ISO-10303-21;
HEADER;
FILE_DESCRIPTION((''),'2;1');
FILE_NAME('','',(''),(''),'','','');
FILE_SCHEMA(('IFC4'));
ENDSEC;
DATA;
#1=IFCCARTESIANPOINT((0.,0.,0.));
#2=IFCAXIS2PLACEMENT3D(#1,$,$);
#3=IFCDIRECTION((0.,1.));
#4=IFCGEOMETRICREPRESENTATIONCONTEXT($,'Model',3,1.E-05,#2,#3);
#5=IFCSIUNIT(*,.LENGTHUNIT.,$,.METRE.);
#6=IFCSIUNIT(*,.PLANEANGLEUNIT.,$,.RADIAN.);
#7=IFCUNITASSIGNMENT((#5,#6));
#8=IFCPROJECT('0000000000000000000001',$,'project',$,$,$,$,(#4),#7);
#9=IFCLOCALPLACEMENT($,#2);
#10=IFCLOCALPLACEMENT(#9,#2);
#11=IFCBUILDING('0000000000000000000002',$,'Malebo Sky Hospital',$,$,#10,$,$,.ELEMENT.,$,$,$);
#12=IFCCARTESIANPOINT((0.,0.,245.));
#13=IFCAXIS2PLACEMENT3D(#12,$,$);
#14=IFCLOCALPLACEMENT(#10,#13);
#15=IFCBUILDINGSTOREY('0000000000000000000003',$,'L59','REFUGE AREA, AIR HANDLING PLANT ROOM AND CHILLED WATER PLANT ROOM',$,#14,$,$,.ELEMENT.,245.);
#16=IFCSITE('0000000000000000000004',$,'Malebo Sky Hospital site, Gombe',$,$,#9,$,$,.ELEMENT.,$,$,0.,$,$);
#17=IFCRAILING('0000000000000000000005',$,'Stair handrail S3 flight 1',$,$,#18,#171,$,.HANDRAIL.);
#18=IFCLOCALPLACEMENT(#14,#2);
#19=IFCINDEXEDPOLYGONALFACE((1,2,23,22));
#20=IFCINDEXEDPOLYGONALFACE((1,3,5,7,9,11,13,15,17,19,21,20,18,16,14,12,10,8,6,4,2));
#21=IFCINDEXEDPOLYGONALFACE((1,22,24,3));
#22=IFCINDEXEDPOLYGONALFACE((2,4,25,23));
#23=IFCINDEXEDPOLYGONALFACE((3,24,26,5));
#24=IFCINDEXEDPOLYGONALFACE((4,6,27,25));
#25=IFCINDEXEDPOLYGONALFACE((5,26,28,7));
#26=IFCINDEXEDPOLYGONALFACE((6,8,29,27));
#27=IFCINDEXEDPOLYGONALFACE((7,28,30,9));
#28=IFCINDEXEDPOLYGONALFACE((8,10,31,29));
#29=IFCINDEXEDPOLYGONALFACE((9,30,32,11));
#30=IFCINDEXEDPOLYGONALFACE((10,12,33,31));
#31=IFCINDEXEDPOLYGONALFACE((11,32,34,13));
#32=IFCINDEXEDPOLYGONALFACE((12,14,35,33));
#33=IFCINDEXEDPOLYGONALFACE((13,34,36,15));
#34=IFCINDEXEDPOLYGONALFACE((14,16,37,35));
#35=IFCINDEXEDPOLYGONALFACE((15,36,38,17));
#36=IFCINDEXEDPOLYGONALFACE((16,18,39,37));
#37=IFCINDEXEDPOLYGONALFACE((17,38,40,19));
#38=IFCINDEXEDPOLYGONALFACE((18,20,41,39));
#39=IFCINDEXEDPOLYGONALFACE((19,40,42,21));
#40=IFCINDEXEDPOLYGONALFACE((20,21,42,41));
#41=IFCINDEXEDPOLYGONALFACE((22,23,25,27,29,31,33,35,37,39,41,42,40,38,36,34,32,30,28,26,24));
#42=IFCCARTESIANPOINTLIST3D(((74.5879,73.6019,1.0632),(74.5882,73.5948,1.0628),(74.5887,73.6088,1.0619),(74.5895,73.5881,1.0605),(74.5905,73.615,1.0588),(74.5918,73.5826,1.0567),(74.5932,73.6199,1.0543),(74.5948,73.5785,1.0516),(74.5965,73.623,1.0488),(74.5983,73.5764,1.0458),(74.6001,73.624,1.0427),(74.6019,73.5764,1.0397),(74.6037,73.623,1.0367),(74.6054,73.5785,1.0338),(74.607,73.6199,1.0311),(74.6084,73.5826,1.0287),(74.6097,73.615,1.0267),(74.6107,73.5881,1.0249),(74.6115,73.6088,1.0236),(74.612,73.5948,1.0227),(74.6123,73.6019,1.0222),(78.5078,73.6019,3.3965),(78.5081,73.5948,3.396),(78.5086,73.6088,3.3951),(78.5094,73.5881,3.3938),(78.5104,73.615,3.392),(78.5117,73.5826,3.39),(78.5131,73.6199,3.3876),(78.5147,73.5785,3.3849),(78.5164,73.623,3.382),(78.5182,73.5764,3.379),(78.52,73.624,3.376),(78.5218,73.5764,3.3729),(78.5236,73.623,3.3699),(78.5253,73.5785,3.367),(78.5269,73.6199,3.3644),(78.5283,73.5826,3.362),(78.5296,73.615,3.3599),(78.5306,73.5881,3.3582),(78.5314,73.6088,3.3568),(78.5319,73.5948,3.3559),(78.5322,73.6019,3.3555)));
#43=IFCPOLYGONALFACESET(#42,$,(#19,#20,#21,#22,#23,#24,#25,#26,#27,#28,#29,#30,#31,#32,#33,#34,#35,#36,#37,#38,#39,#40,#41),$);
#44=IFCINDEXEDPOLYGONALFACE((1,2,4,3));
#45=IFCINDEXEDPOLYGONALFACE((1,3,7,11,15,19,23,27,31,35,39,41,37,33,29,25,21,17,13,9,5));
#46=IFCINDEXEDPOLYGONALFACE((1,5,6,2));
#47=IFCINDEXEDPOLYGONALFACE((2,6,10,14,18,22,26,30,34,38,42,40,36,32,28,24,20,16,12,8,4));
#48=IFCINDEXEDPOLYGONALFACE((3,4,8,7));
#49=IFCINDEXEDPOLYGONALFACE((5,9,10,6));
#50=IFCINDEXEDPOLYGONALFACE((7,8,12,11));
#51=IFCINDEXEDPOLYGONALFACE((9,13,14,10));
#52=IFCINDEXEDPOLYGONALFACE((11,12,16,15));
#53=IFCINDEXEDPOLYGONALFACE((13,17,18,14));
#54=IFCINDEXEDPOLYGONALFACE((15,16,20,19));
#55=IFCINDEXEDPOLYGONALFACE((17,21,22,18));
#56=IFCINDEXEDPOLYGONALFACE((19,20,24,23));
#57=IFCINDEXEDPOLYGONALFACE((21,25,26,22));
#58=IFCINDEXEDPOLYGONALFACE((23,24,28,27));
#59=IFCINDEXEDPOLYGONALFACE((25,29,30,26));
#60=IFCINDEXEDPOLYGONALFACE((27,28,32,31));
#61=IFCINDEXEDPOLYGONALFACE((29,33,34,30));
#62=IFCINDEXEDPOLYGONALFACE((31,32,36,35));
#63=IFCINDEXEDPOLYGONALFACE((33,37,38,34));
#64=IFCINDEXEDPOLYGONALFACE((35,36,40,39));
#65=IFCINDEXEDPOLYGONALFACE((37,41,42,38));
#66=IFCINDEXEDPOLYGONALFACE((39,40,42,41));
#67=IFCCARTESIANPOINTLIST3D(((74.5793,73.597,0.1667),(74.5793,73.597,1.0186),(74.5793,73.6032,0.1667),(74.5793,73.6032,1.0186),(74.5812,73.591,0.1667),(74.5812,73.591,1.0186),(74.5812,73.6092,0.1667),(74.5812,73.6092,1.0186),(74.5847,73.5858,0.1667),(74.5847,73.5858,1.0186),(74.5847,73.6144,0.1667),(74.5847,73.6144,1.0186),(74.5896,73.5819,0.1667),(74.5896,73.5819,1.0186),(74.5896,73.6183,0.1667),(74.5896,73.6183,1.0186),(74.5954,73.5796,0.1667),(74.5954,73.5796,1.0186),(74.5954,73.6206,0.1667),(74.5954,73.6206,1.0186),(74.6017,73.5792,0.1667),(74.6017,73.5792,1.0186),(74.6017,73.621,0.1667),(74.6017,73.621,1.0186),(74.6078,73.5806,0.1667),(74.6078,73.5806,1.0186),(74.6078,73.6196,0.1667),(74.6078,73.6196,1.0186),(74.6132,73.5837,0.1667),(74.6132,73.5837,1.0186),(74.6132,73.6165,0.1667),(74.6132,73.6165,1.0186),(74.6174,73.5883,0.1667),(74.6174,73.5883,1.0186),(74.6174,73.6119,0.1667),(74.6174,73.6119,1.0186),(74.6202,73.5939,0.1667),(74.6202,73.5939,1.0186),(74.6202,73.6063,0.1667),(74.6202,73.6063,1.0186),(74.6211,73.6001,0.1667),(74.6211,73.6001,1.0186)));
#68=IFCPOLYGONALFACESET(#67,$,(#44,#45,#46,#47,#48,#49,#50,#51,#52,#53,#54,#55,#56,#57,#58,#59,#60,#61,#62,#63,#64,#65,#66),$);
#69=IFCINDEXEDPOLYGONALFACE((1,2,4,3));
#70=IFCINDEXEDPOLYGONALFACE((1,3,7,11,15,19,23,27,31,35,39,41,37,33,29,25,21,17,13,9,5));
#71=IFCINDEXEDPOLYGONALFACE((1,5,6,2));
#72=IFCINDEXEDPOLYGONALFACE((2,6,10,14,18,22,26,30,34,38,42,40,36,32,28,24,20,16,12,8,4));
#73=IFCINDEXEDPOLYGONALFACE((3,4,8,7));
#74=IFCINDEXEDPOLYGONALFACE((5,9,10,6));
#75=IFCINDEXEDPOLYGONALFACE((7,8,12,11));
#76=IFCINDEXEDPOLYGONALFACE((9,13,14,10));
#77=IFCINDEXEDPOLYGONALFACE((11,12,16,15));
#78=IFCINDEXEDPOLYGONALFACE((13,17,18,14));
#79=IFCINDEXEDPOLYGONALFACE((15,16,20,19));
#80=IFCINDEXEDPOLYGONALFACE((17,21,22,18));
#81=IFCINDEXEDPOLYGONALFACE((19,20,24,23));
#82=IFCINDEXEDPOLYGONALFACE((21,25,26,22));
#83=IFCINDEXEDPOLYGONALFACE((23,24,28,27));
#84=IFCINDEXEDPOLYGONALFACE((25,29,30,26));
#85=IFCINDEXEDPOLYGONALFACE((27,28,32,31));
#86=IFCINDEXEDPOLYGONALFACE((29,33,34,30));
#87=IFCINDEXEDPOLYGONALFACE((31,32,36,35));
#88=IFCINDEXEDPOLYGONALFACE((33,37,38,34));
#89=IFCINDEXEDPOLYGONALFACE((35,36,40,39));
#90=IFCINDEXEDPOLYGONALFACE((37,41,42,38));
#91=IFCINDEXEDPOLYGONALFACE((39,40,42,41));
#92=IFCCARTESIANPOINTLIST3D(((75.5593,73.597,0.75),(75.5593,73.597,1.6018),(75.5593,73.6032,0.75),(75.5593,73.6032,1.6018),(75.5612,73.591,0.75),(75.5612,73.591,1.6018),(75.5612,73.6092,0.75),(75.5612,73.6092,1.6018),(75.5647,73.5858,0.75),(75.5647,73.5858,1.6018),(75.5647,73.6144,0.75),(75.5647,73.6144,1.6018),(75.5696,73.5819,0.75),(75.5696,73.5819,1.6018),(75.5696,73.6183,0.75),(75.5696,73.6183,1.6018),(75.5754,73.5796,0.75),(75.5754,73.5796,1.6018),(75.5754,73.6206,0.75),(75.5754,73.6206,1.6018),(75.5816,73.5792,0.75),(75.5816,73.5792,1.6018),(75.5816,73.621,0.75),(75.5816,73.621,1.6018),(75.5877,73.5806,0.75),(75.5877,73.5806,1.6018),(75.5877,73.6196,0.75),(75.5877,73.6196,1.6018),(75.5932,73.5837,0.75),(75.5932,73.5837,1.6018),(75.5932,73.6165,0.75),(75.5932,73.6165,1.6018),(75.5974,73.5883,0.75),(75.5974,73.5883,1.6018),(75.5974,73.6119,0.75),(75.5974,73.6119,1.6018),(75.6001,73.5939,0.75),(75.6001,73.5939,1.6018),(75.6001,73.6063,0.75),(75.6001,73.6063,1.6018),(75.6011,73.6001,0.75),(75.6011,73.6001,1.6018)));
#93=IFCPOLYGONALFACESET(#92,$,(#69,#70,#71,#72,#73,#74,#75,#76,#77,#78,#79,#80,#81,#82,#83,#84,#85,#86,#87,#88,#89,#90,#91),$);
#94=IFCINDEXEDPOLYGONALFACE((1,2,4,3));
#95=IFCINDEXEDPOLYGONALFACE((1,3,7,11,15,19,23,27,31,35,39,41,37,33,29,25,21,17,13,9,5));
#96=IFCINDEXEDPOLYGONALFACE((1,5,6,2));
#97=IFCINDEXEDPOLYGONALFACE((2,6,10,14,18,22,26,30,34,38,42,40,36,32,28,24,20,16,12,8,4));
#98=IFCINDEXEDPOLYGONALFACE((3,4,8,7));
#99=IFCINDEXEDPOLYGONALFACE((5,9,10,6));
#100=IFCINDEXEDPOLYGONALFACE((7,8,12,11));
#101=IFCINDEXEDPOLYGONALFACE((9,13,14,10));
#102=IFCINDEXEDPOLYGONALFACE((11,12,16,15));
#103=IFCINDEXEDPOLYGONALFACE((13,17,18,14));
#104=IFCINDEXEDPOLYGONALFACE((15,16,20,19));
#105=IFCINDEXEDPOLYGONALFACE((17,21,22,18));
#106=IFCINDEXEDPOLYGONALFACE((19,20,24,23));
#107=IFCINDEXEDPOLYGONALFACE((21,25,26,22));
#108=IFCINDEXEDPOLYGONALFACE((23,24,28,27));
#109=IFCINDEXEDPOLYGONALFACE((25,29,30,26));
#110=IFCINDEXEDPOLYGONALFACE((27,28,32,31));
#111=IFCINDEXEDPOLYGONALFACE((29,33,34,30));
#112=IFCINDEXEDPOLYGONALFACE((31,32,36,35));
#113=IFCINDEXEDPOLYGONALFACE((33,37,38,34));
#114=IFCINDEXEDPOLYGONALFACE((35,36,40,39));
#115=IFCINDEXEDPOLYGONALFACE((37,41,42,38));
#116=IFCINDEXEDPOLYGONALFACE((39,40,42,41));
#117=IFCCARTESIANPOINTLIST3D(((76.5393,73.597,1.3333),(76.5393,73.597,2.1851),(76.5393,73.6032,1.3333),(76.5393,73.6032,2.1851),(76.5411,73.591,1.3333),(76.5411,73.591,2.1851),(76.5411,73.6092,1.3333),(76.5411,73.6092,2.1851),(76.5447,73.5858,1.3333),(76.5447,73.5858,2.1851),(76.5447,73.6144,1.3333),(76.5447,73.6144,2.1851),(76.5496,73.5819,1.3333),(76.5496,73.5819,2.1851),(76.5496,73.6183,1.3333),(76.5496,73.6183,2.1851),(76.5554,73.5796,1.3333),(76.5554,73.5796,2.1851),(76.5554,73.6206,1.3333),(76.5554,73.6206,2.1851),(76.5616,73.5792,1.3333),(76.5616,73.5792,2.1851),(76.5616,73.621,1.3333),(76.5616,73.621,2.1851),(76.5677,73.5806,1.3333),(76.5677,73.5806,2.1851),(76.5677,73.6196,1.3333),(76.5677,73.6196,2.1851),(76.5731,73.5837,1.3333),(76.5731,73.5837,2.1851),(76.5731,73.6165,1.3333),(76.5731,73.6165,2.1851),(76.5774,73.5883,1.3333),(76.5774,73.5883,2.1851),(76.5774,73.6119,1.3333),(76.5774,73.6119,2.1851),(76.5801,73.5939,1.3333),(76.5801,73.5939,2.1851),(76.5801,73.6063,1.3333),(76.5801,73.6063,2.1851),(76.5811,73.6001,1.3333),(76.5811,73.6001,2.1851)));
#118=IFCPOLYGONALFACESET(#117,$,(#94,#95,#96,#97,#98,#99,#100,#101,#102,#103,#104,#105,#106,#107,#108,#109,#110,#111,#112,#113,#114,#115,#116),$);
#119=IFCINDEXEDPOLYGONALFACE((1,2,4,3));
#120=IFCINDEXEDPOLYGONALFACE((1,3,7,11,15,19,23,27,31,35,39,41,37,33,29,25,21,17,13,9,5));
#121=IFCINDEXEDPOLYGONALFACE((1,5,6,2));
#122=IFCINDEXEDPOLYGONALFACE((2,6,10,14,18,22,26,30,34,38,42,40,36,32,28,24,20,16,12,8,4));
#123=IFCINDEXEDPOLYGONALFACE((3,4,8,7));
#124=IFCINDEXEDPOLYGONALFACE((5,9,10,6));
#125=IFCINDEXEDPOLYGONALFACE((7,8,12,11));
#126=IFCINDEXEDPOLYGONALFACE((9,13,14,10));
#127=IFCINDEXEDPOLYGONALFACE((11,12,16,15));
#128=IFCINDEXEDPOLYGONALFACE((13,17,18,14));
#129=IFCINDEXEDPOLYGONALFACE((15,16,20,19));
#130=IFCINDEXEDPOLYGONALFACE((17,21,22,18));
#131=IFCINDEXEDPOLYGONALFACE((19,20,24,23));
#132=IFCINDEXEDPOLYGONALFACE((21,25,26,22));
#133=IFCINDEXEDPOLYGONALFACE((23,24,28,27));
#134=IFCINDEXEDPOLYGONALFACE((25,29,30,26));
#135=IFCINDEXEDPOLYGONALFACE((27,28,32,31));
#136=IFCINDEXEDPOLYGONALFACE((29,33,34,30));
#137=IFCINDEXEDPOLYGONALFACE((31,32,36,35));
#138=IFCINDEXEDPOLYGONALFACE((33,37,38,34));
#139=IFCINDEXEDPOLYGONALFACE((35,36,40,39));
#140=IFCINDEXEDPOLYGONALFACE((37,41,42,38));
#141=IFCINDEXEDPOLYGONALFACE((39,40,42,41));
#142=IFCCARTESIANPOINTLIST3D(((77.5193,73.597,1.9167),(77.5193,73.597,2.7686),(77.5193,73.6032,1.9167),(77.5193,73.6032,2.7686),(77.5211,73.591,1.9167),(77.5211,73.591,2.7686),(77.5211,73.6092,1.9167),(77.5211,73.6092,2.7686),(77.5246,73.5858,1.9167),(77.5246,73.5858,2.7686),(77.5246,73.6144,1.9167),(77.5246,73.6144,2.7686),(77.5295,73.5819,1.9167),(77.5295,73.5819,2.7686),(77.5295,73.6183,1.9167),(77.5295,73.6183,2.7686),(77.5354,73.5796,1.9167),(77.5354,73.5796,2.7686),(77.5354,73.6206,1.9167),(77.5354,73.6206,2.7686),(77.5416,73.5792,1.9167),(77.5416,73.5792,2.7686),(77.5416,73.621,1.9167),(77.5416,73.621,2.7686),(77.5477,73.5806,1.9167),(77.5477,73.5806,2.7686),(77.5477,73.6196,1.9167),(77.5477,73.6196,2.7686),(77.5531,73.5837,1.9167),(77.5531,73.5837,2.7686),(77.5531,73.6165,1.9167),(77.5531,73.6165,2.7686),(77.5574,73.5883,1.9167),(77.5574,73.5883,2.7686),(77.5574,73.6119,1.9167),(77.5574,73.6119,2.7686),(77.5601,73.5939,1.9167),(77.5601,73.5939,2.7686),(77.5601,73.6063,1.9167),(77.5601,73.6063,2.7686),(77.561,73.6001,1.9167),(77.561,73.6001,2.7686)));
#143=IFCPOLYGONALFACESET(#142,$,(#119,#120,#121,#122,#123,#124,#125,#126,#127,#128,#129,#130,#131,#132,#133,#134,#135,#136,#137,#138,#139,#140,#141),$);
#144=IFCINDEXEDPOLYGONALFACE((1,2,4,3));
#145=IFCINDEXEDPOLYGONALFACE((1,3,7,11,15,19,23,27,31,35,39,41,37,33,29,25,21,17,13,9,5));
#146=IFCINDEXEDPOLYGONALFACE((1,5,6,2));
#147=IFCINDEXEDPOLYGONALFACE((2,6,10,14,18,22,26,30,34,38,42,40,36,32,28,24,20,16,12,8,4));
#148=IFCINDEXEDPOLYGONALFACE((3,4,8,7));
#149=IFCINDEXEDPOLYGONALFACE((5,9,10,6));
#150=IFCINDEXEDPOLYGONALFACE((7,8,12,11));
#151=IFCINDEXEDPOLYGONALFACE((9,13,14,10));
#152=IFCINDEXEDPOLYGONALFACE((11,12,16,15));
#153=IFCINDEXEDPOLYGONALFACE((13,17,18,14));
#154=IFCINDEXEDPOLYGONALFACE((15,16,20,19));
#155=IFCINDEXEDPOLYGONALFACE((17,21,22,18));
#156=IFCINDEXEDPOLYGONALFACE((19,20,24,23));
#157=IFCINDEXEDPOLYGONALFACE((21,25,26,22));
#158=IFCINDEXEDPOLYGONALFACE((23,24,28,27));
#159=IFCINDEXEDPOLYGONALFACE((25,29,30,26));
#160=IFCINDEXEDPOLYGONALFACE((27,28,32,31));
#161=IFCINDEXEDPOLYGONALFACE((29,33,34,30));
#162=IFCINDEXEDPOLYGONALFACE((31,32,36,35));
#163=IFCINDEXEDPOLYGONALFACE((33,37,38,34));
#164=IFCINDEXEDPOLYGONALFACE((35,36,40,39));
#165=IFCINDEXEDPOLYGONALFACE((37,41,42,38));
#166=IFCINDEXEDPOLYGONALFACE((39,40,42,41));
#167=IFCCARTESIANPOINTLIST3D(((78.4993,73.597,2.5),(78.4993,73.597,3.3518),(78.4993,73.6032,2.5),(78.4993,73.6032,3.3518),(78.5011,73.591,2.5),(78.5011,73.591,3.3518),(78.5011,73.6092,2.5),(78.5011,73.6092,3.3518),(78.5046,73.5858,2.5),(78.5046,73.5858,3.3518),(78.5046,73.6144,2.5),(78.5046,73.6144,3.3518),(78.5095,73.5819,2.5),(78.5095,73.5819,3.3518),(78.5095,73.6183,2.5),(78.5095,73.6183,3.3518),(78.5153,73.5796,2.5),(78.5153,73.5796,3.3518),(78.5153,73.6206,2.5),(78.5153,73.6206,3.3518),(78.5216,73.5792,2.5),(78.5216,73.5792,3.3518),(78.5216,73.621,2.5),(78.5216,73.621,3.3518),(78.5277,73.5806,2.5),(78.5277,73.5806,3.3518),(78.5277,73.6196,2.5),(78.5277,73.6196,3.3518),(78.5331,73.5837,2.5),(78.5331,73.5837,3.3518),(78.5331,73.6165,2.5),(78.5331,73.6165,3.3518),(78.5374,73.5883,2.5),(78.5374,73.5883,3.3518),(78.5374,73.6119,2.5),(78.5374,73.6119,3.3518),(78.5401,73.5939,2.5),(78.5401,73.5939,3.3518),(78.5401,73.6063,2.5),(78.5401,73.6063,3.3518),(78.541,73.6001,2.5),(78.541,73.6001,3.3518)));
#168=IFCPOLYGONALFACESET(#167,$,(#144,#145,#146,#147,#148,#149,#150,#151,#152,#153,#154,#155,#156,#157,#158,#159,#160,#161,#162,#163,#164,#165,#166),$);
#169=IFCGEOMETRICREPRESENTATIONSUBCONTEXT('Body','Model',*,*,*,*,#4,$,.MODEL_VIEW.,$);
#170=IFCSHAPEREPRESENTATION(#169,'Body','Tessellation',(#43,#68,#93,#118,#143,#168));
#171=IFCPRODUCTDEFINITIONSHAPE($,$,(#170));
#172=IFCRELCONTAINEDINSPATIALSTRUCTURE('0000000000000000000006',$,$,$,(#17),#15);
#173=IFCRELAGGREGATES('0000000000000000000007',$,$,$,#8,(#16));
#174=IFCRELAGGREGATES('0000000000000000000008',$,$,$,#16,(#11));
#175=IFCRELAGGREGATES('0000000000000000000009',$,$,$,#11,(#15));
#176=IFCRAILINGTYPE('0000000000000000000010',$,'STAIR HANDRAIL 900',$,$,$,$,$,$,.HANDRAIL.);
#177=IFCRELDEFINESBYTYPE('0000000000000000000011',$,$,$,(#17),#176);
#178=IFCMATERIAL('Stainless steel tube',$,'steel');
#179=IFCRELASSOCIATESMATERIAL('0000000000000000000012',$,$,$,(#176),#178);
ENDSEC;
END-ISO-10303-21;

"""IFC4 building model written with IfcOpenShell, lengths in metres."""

from ifc_helpers import new_model, si_unit, direction, frame, origin, origin_2d, place, context, subcontext, project, spatial, circle, extrude, material, type_object, element, save


model = new_model("IFC4")

# Units and contexts
model_context = context("Model", 3, precision=1e-05, world=origin(), true_north=direction((0.0, 1.0)))
body_context = subcontext(model_context, "Body", "Model", "MODEL_VIEW")
ifc_project = project(units=[si_unit("LENGTHUNIT", "METRE"), si_unit("PLANEANGLEUNIT", "RADIAN")], contexts=[model_context])

# Site, building, storey
site_placement = place(None, origin())
site = spatial("IfcSite", under=ifc_project, at=site_placement, Name="Malebo Sky Hospital site, Gombe", CompositionType="ELEMENT", RefElevation=0.0)
building_placement = place(site_placement, origin())
building = spatial("IfcBuilding", under=site, at=building_placement, Name="Malebo Sky Hospital", CompositionType="ELEMENT")
storey_placement = place(building_placement, frame((0.0, 0.0, 245.0)))
storey = spatial("IfcBuildingStorey", under=building, at=storey_placement, Name="L59", Description="REFUGE AREA, AIR HANDLING PLANT ROOM AND CHILLED WATER PLANT ROOM", CompositionType="ELEMENT", Elevation=245.0)

# Railing
ifc_material_1 = material(Name="Stainless steel tube", Category="steel")
railing_type_1 = type_object("IfcRailingType", Name="STAIR HANDRAIL 900", PredefinedType="HANDRAIL", material=ifc_material_1)
railing_1_placement = place(storey_placement, frame((74.6001, 73.6001, 0.1667)))
element("IfcRailing", 1, at=railing_1_placement, inside=storey, type_object=railing_type_1, Name="Stair handrail S3 flight 1", PredefinedType="HANDRAIL", context=body_context, shape_type="SweptSolid", body=[
    extrude(circle(Radius=0.0239, at=origin_2d()), frame((0.0, 0.0, 0.876), z_axis=(0.859296, 0.0, 0.511478), x_axis=(0.0, 1.0, 0.0)), (0.0, 0.0, 1.0), 4.5618),
    extrude(circle(Radius=0.021, at=origin_2d()), origin(), (0.0, 0.0, 1.0), 0.8518),
    extrude(circle(Radius=0.021, at=origin_2d()), frame((0.98, 0.0, 0.5833)), (0.0, 0.0, 1.0), 0.8518),
    extrude(circle(Radius=0.021, at=origin_2d()), frame((1.96, 0.0, 1.1665)), (0.0, 0.0, 1.0), 0.8518),
    extrude(circle(Radius=0.021, at=origin_2d()), frame((2.9399, 0.0, 1.75)), (0.0, 0.0, 1.0), 0.8518),
    extrude(circle(Radius=0.021, at=origin_2d()), frame((3.9199, 0.0, 2.3333)), (0.0, 0.0, 1.0), 0.8518),
])

save(model, "model.ifc")
